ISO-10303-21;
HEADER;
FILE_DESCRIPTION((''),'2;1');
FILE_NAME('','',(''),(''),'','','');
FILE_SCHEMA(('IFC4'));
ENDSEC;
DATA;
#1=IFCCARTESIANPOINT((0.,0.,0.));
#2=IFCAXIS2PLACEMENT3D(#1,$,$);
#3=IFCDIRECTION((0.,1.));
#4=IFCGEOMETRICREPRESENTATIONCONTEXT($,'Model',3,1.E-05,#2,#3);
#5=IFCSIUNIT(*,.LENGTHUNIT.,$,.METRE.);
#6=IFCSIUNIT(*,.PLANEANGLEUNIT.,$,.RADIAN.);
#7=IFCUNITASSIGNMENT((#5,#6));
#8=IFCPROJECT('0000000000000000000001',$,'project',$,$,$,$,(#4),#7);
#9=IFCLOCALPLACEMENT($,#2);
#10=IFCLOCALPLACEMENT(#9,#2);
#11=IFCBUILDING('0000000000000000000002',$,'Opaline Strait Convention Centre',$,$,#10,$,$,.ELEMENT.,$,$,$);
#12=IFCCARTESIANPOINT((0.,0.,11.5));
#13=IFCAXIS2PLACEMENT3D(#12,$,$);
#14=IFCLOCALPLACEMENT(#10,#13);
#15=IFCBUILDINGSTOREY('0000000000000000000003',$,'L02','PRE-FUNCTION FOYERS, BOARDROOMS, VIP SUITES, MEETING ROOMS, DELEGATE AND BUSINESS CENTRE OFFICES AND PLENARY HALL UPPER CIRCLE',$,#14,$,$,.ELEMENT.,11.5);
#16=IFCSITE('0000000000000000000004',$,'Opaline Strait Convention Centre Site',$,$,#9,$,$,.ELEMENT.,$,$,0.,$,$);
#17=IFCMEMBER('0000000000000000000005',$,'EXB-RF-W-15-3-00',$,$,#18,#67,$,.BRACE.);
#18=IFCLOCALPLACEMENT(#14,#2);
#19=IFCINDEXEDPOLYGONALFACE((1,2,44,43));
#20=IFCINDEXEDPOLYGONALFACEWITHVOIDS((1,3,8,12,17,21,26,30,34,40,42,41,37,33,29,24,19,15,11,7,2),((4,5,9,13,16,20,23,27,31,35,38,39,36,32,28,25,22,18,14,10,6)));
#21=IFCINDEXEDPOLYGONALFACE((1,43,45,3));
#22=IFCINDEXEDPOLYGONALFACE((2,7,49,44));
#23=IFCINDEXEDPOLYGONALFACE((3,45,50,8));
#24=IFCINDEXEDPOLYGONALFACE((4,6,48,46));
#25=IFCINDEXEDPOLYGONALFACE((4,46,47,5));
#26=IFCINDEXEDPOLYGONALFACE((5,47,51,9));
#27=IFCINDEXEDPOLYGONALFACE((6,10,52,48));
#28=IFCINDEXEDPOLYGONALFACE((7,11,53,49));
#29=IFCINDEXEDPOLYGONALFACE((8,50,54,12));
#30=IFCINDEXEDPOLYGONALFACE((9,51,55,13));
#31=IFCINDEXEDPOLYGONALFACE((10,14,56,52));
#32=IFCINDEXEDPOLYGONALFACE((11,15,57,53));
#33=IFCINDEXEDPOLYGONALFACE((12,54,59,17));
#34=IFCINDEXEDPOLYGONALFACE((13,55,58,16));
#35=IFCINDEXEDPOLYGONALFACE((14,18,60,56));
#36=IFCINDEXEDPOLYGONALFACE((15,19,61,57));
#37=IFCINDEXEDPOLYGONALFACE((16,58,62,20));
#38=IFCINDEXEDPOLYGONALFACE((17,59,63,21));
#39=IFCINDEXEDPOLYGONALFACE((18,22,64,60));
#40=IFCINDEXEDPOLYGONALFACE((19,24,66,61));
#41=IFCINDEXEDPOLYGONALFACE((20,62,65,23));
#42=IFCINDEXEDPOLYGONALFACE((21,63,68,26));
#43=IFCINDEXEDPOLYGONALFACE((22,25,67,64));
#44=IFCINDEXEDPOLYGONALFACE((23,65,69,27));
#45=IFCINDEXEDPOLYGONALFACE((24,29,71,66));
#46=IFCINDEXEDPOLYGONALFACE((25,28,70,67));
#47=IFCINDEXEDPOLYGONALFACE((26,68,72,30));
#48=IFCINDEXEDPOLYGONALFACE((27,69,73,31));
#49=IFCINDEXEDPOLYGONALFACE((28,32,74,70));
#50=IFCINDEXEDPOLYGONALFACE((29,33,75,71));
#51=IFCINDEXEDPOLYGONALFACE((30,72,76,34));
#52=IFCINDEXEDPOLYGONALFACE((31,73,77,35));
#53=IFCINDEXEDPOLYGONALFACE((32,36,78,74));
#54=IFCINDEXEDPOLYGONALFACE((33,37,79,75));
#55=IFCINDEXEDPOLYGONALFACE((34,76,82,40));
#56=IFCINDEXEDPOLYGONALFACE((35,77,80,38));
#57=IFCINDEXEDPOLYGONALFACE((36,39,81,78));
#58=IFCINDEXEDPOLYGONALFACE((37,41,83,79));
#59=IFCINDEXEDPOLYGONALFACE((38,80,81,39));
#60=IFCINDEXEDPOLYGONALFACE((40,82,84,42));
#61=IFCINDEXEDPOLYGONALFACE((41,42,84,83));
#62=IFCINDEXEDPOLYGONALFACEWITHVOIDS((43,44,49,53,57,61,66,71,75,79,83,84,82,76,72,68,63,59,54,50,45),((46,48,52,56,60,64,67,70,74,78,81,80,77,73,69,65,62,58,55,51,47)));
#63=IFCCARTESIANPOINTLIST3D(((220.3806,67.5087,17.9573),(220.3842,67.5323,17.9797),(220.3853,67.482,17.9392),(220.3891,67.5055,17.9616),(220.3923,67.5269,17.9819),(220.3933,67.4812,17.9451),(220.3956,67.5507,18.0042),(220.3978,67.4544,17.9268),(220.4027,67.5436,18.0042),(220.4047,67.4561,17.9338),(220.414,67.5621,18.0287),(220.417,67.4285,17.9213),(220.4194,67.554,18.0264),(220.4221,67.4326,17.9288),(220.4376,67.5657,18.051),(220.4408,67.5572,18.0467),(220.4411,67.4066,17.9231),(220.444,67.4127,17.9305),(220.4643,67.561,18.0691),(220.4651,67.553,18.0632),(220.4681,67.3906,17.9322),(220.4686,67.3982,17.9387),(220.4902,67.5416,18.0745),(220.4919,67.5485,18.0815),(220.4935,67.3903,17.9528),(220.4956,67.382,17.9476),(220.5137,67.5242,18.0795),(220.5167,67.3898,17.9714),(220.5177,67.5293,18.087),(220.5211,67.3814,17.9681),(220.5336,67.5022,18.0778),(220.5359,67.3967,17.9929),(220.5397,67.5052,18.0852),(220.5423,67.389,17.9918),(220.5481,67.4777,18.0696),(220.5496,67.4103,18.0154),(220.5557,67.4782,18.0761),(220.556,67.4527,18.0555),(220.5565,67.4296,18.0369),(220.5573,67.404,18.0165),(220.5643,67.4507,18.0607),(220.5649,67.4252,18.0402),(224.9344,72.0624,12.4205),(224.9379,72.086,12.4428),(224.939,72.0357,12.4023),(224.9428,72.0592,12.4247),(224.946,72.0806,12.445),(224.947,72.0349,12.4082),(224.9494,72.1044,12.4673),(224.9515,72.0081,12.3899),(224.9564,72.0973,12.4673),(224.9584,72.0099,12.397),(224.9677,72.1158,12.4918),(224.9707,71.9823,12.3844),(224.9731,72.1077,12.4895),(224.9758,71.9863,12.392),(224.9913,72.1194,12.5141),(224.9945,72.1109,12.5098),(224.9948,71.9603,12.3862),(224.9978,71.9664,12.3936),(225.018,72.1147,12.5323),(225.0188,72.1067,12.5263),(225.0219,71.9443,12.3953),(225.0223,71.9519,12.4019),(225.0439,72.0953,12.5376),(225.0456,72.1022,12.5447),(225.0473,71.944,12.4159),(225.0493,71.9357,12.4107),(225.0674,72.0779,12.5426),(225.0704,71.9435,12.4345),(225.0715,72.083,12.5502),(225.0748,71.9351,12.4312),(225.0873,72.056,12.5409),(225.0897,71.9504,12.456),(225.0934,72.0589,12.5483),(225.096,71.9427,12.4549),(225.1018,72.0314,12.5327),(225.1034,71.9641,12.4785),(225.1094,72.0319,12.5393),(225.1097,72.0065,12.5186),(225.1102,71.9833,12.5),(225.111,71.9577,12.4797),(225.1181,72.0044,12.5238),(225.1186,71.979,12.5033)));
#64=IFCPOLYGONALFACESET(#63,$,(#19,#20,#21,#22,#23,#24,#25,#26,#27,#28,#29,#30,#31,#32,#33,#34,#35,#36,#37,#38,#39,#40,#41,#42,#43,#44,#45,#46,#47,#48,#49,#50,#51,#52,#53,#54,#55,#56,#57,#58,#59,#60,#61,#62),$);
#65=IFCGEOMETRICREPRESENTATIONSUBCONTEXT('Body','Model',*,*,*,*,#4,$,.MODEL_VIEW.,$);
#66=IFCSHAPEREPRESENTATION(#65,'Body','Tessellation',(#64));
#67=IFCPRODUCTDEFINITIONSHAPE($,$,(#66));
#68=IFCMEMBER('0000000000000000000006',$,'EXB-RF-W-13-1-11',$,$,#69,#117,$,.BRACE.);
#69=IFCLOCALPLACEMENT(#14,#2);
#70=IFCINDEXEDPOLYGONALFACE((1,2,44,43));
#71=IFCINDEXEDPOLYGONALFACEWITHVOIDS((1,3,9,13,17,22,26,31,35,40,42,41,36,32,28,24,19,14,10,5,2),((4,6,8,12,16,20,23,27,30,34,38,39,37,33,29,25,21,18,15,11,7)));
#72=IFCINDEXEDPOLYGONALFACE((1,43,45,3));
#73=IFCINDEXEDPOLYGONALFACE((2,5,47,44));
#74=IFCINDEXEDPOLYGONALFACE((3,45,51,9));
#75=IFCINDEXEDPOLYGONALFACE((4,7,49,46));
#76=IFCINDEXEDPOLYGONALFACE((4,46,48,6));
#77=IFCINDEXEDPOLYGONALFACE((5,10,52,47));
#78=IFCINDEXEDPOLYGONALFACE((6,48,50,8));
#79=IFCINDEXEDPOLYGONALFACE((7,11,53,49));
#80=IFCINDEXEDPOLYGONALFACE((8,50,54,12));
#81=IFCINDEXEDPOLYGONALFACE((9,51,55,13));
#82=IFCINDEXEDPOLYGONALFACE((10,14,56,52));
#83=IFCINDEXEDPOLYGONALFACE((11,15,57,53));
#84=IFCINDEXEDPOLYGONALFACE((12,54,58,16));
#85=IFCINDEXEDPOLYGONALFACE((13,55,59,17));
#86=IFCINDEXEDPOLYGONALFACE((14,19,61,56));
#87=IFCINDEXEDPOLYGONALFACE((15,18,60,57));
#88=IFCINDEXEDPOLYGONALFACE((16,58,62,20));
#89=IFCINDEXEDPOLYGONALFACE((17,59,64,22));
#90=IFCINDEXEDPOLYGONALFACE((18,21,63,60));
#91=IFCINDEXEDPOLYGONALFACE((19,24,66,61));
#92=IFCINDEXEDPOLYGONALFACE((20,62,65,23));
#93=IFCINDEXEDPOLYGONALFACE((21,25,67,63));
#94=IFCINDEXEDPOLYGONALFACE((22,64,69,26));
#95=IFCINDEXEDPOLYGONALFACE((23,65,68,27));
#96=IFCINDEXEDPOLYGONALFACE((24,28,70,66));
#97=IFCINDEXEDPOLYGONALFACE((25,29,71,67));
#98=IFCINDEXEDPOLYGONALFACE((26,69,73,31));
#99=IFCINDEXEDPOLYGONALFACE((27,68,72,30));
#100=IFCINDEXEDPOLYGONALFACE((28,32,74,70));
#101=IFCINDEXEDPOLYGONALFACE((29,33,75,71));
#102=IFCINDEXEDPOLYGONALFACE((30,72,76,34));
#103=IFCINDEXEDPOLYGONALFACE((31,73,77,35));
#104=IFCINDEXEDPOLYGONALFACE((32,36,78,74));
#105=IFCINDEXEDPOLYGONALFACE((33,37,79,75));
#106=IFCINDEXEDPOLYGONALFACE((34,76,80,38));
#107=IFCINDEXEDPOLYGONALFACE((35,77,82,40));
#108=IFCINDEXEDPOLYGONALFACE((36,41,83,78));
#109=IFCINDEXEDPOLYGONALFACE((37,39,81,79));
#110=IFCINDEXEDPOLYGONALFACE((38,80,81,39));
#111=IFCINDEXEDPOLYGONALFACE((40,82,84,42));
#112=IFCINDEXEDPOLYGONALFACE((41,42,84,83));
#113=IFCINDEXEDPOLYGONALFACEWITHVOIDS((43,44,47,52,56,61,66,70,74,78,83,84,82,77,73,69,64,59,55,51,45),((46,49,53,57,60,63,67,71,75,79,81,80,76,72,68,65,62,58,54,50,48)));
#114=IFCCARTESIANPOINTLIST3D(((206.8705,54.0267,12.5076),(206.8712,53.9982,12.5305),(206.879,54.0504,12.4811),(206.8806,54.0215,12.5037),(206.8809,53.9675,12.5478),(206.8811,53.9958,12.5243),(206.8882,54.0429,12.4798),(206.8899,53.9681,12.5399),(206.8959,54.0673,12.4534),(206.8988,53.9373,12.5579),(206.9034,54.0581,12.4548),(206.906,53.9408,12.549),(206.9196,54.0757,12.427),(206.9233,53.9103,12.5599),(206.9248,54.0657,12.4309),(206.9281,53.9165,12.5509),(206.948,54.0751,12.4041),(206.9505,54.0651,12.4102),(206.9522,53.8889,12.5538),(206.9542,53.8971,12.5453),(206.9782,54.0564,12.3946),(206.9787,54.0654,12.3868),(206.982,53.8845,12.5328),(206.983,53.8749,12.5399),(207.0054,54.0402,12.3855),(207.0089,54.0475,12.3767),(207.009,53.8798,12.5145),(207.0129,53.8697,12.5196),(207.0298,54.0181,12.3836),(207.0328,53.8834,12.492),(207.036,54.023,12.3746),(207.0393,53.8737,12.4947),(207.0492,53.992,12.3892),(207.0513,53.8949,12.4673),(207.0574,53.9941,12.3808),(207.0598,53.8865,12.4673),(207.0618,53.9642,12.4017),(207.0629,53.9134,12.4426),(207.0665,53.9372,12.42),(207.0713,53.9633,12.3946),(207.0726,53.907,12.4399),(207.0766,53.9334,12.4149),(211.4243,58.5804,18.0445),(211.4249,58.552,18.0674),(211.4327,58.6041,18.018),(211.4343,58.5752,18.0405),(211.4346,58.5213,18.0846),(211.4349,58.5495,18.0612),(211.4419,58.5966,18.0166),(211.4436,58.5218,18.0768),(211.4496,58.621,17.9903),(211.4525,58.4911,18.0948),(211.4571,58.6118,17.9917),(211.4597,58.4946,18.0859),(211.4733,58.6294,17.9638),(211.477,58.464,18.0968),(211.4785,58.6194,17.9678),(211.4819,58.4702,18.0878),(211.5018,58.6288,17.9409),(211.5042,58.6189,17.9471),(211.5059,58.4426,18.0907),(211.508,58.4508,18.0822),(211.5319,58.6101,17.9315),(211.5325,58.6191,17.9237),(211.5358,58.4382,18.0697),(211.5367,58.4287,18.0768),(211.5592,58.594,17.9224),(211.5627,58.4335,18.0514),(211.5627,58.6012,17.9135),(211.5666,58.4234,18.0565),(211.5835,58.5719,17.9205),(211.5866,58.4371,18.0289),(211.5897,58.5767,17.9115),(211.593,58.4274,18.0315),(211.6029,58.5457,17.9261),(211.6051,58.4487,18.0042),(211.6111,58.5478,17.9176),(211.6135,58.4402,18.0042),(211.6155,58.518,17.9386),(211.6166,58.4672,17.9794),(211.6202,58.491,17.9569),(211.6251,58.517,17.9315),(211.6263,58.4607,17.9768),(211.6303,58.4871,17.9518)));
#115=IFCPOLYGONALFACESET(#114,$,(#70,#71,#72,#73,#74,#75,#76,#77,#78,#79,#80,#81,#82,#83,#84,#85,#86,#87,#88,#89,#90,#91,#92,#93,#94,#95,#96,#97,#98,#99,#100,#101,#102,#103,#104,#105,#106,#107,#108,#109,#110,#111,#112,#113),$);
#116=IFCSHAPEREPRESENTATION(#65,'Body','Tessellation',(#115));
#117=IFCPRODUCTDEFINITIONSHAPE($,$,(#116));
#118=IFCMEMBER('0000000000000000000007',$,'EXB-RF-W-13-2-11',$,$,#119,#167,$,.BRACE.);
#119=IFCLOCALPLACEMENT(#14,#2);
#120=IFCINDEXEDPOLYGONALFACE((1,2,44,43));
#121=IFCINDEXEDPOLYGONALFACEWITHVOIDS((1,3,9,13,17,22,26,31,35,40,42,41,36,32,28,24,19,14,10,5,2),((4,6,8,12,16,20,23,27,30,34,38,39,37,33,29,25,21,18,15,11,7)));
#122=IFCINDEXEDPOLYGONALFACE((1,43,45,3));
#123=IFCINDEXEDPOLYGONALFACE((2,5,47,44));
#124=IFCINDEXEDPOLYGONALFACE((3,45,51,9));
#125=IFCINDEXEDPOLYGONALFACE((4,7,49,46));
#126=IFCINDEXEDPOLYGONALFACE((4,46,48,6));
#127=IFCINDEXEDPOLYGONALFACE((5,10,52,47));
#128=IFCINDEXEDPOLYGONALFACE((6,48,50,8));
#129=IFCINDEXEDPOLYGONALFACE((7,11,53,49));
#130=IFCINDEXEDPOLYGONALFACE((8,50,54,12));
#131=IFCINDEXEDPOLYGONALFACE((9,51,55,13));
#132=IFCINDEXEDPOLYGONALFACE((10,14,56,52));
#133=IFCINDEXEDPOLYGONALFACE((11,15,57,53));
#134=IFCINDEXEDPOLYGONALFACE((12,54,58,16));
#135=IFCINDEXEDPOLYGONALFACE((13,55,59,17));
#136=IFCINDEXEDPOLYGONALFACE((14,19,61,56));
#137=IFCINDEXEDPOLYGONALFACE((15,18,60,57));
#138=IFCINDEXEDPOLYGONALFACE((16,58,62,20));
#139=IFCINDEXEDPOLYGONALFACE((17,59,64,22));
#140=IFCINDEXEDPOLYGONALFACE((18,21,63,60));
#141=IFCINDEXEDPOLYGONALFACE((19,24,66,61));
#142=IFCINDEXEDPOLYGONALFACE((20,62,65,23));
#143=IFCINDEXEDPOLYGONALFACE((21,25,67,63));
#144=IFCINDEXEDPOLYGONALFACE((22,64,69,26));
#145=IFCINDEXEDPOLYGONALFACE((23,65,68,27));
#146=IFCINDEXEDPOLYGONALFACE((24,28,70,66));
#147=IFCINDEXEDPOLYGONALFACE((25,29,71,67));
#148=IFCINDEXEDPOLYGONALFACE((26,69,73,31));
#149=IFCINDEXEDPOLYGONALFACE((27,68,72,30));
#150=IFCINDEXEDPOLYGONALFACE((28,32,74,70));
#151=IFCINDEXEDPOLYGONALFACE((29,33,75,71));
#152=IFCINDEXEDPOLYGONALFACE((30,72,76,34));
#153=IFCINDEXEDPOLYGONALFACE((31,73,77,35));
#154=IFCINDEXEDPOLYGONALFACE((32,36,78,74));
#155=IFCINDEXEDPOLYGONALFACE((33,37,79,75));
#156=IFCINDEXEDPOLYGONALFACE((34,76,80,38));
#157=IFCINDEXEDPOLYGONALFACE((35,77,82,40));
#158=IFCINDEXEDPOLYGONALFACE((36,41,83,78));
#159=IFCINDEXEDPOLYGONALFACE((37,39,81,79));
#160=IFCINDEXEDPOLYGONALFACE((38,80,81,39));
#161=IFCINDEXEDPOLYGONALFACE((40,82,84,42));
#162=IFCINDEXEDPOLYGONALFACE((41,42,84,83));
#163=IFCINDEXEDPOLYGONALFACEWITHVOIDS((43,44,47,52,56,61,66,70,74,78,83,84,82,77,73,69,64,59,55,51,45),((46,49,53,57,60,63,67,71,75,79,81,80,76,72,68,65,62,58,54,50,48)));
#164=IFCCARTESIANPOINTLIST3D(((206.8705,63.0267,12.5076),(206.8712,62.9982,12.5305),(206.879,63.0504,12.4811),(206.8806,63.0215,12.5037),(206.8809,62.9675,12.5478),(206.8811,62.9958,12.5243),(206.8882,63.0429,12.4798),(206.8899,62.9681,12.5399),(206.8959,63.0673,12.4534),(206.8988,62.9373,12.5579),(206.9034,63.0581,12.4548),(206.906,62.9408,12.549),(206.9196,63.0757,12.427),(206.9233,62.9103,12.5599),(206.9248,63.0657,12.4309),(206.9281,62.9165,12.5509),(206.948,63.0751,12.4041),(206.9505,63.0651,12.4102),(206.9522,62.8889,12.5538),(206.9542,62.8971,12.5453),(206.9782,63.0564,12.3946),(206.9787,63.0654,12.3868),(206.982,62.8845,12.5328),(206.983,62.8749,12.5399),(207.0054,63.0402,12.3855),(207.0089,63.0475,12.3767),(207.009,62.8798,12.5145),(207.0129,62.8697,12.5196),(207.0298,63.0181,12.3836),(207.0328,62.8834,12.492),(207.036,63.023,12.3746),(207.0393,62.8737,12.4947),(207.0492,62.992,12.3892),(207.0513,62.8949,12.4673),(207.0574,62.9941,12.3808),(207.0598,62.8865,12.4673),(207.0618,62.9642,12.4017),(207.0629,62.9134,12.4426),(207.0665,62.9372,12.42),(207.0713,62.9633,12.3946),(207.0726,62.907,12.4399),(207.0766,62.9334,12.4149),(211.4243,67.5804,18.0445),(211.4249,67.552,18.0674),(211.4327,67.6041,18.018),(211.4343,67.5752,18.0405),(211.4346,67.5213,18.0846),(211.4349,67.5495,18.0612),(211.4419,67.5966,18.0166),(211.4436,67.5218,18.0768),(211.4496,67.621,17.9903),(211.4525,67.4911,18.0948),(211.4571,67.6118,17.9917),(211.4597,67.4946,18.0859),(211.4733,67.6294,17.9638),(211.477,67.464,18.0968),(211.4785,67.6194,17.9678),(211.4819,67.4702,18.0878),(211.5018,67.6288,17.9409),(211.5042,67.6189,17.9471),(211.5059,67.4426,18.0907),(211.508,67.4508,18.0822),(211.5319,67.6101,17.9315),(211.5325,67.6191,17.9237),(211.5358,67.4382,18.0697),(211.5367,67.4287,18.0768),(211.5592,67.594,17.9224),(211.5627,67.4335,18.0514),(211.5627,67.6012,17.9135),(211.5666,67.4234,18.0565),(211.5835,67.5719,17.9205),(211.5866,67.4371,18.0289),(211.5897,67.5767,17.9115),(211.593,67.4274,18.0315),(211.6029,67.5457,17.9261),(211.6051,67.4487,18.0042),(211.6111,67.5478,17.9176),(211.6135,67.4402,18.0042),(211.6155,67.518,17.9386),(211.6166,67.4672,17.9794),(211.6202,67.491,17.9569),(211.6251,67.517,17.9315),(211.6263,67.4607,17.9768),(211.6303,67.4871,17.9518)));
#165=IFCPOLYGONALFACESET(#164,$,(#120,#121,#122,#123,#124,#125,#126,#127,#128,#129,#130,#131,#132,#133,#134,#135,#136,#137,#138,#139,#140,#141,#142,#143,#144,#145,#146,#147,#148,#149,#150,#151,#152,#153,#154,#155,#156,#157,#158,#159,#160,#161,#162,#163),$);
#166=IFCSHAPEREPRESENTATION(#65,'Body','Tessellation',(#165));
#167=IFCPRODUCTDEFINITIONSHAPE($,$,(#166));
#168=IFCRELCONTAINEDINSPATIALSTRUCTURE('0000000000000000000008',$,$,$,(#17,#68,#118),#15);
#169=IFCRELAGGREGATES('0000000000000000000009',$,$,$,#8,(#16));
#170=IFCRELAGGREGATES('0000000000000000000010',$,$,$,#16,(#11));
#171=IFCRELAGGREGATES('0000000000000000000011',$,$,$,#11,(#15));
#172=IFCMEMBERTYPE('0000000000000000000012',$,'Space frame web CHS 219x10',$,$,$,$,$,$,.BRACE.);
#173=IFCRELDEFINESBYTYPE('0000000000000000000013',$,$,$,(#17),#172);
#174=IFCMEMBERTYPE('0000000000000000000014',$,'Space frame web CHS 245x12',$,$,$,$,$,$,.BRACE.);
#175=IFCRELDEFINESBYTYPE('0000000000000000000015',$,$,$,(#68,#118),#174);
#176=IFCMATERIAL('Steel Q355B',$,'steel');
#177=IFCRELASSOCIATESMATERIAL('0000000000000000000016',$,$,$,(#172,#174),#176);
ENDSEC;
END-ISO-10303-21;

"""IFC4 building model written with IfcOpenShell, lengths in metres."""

from ifc_helpers import new_model, si_unit, direction, frame, origin, origin_2d, place, context, subcontext, project, spatial, hollow_circle, extrude, material, material_profile, profile_set, type_object, element, save


model = new_model("IFC4")

# Units and contexts
model_context = context("Model", 3, precision=1e-05, world=origin(), true_north=direction((0.0, 1.0)))
body_context = subcontext(model_context, "Body", "Model", "MODEL_VIEW")
ifc_project = project(units=[si_unit("LENGTHUNIT", "METRE"), si_unit("PLANEANGLEUNIT", "RADIAN")], contexts=[model_context])

# Site, building, storey
site_placement = place(None, origin())
site = spatial("IfcSite", under=ifc_project, at=site_placement, Name="Opaline Strait Convention Centre Site", CompositionType="ELEMENT", RefElevation=0.0)
building_placement = place(site_placement, origin())
building = spatial("IfcBuilding", under=site, at=building_placement, Name="Opaline Strait Convention Centre", CompositionType="ELEMENT")
storey_placement = place(building_placement, frame((0.0, 0.0, 11.5)))
storey = spatial("IfcBuildingStorey", under=building, at=storey_placement, Name="L02", Description="PRE-FUNCTION FOYERS, BOARDROOMS, VIP SUITES, MEETING ROOMS, DELEGATE AND BUSINESS CENTRE OFFICES AND PLENARY HALL UPPER CIRCLE", CompositionType="ELEMENT", Elevation=11.5)

# Members
ifc_material = material(Name="Steel Q355B", Category="steel")
ifc_material_profile_1 = material_profile(ifc_material, hollow_circle(Radius=0.1096, WallThickness=0.01, at=origin_2d()), Name="CHS 219x10")
ifc_profile_set_1 = profile_set([ifc_material_profile_1], Name="Steel Q355B")
member_type_1 = type_object("IfcMemberType", Name="Space frame web CHS 219x10", PredefinedType="BRACE", material=ifc_profile_set_1)
for number, where, z_axis, x_axis, name in (
    (1, (220.4731, 67.4731, 18.0042), (0.536178, 0.536178, -0.65194), (-0.707107, 0.707107, 0.0), "EXB-RF-W-15-3-00"),
):
    element("IfcMember", number, at=place(storey_placement, frame(where, z_axis=z_axis, x_axis=x_axis)), inside=storey, type_object=member_type_1, Name=name, PredefinedType="BRACE", context=body_context, shape_type="SweptSolid", body=[
        extrude(hollow_circle(Radius=0.1096, WallThickness=0.01, at=origin_2d()), origin(), (0.0, 0.0, 1.0), 8.4929),
    ])
ifc_material_profile_2 = material_profile(ifc_material, hollow_circle(Radius=0.1226, WallThickness=0.012, at=origin_2d()), Name="CHS 245x12")
ifc_profile_set_2 = profile_set([ifc_material_profile_2], Name="Steel Q355B")
member_type_2 = type_object("IfcMemberType", Name="Space frame web CHS 245x12", PredefinedType="BRACE", material=ifc_profile_set_2)
for number, where, z_axis, x_axis, name in (
    (2, (211.5269, 58.5269, 18.0042), (-0.536178, -0.536178, -0.65194), (0.707107, -0.707107, 0.0), "EXB-RF-W-13-1-11"),
    (3, (211.5269, 67.5269, 18.0042), (-0.536178, -0.536178, -0.65194), (0.707107, -0.707107, 0.0), "EXB-RF-W-13-2-11"),
):
    element("IfcMember", number, at=place(storey_placement, frame(where, z_axis=z_axis, x_axis=x_axis)), inside=storey, type_object=member_type_2, Name=name, PredefinedType="BRACE", context=body_context, shape_type="SweptSolid", body=[
        extrude(hollow_circle(Radius=0.1226, WallThickness=0.012, at=origin_2d()), origin(), (0.0, 0.0, 1.0), 8.4929),
    ])

save(model, "model.ifc")
